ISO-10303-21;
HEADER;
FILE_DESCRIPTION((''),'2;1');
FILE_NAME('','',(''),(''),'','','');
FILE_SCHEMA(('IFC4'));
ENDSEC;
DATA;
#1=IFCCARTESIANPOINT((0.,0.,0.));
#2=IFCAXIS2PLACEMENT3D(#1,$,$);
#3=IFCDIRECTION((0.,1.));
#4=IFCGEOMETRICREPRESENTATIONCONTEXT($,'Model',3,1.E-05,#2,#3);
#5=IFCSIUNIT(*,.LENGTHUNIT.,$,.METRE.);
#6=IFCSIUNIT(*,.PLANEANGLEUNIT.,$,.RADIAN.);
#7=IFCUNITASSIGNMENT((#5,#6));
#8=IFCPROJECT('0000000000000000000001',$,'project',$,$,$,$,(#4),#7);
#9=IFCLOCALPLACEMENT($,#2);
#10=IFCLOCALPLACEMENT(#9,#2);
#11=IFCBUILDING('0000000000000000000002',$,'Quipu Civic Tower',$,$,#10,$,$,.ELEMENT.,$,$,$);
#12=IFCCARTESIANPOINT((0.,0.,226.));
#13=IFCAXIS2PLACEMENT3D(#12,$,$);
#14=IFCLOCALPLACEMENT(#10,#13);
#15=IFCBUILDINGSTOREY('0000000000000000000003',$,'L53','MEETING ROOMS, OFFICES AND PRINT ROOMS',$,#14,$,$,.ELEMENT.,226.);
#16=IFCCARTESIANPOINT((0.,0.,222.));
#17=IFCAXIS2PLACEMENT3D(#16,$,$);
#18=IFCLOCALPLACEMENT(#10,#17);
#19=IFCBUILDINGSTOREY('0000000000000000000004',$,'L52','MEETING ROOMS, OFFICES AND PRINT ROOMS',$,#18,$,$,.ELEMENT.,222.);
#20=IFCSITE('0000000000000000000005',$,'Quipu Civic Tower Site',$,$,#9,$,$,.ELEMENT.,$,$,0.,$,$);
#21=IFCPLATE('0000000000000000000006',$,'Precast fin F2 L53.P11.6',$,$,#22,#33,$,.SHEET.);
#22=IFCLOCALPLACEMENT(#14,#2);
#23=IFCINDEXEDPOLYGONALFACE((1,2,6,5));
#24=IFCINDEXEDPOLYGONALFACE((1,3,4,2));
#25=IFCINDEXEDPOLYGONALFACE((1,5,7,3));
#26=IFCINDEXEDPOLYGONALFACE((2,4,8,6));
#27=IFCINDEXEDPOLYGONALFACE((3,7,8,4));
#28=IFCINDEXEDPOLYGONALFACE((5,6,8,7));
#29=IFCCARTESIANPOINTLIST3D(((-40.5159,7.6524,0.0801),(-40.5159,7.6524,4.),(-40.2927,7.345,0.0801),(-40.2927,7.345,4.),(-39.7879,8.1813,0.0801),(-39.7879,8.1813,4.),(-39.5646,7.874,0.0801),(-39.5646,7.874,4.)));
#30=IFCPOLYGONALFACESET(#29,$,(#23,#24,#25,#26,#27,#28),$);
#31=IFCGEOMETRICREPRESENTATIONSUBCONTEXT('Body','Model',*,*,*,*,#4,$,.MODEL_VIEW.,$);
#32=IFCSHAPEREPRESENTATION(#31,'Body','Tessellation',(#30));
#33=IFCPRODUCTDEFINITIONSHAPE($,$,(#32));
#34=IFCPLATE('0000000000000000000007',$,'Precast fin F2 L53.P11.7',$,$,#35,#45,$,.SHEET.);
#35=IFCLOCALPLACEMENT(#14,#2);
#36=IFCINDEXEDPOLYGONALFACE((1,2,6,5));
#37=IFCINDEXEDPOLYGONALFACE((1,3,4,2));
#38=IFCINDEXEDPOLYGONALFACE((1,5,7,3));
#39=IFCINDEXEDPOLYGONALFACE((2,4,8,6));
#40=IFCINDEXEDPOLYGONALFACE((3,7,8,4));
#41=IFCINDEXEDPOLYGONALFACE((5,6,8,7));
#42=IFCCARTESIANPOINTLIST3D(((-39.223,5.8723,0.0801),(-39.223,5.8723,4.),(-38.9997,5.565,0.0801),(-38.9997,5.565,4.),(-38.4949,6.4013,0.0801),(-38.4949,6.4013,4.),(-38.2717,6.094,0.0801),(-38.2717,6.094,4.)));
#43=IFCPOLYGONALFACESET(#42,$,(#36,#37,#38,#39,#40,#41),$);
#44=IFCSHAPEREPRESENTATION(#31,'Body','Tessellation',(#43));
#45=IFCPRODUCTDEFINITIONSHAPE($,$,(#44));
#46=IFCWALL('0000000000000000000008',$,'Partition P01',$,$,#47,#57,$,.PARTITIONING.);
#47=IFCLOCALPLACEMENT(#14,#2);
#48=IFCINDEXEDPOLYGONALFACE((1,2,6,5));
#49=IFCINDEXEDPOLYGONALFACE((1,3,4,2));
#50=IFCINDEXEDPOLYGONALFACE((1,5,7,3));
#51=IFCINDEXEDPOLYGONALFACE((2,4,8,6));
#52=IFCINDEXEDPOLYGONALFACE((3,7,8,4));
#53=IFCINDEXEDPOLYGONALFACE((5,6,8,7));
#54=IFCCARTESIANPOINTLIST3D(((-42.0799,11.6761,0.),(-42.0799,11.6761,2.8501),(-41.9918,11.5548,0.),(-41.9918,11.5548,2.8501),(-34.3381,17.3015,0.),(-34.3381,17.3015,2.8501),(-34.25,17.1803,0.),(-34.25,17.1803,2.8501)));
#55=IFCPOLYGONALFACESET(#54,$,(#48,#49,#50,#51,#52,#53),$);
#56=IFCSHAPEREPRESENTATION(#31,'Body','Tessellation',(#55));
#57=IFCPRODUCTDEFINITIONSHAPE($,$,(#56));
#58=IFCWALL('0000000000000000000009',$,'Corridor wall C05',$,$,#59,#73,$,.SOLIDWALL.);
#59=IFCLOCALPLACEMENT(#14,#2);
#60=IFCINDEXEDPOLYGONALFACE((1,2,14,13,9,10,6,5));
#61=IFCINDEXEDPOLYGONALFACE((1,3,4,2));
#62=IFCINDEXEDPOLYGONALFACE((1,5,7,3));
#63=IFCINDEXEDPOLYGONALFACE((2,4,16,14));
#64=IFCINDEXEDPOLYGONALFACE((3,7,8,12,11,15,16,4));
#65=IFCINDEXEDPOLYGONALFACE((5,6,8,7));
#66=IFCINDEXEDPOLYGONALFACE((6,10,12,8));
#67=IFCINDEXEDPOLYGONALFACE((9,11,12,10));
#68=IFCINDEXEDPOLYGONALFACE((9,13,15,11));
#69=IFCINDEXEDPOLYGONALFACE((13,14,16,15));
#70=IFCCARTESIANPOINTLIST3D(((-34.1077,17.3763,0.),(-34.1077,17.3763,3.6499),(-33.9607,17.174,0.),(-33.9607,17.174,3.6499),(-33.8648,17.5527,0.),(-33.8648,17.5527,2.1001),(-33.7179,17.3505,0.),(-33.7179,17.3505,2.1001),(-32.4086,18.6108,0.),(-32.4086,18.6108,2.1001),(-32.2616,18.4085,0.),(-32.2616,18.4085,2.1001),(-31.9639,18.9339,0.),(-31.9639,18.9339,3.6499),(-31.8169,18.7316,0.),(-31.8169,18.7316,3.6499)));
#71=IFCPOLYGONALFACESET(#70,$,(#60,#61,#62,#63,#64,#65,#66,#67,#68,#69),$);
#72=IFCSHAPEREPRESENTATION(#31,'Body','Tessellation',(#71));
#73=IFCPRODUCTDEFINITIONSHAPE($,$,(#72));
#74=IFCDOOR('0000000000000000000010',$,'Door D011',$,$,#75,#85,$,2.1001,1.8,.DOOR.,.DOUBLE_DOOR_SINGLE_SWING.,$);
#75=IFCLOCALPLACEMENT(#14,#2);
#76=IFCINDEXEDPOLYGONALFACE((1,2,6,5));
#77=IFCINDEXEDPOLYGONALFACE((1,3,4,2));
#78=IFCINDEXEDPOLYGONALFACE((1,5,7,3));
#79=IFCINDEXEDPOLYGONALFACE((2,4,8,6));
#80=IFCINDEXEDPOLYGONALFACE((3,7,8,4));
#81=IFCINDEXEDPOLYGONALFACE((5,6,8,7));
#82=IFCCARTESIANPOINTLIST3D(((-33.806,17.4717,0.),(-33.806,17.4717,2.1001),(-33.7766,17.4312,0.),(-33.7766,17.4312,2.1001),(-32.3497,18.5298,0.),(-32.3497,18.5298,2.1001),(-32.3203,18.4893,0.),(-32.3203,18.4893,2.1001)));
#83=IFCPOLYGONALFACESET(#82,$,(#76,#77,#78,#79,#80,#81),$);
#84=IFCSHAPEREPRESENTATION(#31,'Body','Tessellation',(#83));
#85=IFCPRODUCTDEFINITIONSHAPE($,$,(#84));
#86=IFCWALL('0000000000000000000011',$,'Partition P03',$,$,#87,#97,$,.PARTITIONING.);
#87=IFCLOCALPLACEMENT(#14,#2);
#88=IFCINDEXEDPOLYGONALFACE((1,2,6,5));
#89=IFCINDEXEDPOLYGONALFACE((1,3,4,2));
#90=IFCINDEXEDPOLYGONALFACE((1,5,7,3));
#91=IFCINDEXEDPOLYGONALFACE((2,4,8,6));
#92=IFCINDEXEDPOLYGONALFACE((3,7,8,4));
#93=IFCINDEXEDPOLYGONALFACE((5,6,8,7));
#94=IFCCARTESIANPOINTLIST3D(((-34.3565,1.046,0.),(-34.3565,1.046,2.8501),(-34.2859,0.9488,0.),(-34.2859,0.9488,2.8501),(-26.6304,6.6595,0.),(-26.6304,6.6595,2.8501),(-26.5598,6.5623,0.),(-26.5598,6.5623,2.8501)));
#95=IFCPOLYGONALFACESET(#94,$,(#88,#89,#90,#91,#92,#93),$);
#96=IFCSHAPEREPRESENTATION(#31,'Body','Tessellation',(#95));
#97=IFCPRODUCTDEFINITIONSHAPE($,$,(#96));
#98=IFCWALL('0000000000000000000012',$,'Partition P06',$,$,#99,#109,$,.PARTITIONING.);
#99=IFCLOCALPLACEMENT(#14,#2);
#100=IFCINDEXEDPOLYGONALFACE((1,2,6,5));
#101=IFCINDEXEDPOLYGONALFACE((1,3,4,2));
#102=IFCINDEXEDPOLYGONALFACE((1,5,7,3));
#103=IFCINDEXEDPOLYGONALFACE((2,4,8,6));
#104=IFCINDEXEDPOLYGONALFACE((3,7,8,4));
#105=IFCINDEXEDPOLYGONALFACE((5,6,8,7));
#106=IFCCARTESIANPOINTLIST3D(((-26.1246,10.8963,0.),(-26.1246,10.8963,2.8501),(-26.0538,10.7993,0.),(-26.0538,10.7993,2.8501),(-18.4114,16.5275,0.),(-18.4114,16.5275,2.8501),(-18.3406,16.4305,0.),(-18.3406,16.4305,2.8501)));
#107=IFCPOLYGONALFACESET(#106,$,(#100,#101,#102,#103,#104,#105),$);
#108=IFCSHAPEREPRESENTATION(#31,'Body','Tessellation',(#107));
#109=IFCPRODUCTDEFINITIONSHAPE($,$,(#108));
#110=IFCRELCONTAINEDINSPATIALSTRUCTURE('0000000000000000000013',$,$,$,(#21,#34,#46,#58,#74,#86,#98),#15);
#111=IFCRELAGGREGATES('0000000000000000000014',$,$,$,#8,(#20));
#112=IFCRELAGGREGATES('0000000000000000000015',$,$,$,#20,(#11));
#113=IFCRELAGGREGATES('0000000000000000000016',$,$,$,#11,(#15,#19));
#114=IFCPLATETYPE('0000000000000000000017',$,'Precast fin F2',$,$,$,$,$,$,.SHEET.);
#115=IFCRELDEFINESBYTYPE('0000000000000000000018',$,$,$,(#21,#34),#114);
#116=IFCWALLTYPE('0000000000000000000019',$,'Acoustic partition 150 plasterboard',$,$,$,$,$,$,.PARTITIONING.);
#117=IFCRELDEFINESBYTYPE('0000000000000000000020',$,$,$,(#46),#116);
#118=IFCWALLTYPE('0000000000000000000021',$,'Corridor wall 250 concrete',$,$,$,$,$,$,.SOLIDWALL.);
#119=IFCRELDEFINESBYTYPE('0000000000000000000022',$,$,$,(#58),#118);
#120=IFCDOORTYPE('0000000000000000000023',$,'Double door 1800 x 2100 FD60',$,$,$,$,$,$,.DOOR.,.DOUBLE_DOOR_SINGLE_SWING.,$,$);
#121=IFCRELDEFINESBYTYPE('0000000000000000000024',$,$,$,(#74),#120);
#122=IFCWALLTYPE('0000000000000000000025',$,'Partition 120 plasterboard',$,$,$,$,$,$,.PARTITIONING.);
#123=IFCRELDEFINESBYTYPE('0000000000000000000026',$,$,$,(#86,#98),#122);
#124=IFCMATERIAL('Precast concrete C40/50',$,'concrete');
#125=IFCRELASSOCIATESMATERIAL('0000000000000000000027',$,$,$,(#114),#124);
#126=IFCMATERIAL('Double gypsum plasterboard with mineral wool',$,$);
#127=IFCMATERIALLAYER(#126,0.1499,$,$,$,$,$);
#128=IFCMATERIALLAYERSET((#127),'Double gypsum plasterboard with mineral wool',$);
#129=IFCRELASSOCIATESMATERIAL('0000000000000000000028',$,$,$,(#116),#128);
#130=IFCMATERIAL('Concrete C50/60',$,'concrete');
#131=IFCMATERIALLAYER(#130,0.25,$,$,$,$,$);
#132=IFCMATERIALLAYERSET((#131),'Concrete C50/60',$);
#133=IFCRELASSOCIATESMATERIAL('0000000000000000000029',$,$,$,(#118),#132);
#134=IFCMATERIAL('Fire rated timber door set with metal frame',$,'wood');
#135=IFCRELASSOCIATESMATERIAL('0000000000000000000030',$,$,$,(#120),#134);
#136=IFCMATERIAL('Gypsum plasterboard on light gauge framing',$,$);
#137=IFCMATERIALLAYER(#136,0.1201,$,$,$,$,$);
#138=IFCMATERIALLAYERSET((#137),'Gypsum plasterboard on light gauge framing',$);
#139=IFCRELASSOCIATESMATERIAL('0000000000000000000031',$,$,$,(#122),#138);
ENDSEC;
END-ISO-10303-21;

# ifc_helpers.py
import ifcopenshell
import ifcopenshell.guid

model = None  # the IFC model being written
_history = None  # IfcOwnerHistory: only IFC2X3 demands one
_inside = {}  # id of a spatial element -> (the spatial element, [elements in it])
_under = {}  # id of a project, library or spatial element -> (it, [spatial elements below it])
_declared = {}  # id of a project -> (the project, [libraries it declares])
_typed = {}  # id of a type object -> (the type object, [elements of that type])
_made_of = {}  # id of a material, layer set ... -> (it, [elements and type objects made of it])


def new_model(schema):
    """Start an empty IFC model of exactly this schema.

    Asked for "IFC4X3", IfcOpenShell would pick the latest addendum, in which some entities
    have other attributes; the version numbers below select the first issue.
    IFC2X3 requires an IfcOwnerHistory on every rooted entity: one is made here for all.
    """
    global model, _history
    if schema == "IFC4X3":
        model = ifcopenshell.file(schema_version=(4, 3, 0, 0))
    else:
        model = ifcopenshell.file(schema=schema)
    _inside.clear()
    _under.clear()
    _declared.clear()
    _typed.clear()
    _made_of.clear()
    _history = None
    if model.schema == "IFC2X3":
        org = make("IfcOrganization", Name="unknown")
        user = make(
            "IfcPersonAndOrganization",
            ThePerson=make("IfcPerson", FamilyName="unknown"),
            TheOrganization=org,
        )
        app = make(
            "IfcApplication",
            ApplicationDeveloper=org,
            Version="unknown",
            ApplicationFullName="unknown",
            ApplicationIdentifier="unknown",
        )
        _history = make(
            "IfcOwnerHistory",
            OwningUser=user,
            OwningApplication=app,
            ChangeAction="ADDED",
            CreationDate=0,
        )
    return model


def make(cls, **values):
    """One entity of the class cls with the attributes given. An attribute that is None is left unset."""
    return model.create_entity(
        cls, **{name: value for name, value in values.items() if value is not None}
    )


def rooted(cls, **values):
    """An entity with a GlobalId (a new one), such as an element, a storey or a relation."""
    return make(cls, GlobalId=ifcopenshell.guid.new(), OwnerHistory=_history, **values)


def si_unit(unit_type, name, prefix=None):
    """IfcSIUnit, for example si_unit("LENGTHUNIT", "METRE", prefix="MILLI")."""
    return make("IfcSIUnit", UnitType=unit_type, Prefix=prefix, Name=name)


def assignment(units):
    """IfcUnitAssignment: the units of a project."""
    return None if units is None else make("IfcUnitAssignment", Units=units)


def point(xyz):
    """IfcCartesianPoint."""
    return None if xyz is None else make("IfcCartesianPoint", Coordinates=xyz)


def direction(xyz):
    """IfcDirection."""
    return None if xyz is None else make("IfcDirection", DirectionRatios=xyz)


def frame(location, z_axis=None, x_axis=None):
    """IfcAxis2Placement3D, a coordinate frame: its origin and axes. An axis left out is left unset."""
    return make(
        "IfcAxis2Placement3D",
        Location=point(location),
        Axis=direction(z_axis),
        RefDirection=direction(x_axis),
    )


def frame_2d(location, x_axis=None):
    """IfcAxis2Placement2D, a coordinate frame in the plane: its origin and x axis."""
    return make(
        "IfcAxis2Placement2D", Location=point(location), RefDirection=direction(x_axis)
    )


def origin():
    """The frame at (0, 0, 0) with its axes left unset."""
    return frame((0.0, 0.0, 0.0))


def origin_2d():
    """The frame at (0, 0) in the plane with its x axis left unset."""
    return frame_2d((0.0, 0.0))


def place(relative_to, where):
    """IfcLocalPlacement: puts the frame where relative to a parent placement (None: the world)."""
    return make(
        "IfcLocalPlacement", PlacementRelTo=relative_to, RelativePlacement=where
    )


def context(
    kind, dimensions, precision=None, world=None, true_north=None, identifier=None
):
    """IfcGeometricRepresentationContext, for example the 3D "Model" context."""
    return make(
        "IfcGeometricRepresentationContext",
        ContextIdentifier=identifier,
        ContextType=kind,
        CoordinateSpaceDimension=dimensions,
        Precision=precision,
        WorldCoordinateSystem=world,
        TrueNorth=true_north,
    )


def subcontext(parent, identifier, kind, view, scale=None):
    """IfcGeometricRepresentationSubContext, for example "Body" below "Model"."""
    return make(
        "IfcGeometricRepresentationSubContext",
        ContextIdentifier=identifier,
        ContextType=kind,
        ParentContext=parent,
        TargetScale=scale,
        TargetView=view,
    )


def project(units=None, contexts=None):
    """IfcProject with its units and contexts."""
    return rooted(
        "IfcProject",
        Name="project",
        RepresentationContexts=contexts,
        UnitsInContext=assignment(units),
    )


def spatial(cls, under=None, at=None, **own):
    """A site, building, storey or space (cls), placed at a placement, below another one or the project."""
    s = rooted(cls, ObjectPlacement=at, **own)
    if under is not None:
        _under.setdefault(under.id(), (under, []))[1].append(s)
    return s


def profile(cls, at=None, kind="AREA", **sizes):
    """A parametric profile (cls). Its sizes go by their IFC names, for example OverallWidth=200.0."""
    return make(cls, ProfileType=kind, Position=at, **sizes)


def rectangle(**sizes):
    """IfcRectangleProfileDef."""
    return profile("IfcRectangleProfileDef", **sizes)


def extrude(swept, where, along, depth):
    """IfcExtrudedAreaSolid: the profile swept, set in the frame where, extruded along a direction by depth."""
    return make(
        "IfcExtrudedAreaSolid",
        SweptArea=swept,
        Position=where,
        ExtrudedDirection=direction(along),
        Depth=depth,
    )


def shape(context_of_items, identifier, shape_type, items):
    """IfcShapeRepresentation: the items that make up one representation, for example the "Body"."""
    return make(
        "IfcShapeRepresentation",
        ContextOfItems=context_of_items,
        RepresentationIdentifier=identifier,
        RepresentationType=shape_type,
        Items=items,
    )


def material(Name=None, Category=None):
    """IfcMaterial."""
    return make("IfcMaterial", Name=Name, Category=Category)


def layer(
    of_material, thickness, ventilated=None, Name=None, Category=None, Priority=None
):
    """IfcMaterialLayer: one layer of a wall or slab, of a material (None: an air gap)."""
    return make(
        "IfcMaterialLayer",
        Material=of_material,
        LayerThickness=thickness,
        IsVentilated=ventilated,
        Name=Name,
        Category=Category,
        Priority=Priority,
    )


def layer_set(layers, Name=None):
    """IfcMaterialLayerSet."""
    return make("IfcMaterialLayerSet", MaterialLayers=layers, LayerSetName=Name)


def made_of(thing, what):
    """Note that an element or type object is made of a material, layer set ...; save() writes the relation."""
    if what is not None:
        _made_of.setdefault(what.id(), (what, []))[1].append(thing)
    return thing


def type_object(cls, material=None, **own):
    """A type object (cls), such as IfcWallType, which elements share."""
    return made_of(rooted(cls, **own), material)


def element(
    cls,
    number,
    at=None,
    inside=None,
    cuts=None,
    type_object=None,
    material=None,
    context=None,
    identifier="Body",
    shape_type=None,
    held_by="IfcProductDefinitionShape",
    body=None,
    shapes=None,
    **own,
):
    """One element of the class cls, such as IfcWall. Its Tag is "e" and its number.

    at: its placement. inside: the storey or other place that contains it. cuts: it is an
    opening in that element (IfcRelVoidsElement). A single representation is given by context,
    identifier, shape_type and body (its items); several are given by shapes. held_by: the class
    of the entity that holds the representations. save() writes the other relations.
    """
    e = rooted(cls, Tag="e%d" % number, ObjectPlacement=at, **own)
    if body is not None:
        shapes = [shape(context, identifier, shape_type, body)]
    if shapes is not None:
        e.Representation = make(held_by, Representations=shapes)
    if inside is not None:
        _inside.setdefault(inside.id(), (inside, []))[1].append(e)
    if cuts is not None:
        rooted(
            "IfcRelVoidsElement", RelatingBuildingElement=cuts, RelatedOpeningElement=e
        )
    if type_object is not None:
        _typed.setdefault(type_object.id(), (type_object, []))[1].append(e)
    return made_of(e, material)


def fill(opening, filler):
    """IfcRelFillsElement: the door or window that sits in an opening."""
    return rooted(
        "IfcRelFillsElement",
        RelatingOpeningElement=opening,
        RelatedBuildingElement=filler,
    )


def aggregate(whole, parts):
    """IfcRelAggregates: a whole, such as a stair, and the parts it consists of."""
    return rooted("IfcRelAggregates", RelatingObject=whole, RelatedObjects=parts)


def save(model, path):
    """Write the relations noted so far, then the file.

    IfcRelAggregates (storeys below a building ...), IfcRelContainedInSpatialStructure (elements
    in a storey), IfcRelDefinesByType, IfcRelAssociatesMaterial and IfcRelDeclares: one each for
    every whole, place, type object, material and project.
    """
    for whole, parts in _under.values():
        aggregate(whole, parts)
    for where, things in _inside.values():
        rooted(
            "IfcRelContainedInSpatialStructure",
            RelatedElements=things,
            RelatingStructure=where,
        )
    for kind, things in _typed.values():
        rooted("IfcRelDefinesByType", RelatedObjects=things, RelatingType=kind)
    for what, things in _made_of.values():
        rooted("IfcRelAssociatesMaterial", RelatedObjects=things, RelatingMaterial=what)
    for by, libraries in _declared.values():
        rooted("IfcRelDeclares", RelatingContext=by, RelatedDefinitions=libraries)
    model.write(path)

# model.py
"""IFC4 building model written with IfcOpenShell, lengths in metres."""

from ifc_helpers import new_model, si_unit, direction, frame, frame_2d, origin, origin_2d, place, context, subcontext, project, spatial, rectangle, extrude, material, layer, layer_set, type_object, element, fill, save


model = new_model("IFC4")

# Units and contexts
model_context = context("Model", 3, precision=1e-05, world=origin(), true_north=direction((0.0, 1.0)))
body_context = subcontext(model_context, "Body", "Model", "MODEL_VIEW")
ifc_project = project(units=[si_unit("LENGTHUNIT", "METRE"), si_unit("PLANEANGLEUNIT", "RADIAN")], contexts=[model_context])

# Site, building, storey
site_placement = place(None, origin())
site = spatial("IfcSite", under=ifc_project, at=site_placement, Name="Quipu Civic Tower Site", CompositionType="ELEMENT", RefElevation=0.0)
building_placement = place(site_placement, origin())
building = spatial("IfcBuilding", under=site, at=building_placement, Name="Quipu Civic Tower", CompositionType="ELEMENT")
storey_1_placement = place(building_placement, frame((0.0, 0.0, 226.0)))
storey_1 = spatial("IfcBuildingStorey", under=building, at=storey_1_placement, Name="L53", Description="MEETING ROOMS, OFFICES AND PRINT ROOMS", CompositionType="ELEMENT", Elevation=226.0)

# Shared definitions
storey_2_placement = place(building_placement, frame((0.0, 0.0, 222.0)))
storey_2 = spatial("IfcBuildingStorey", under=building, at=storey_2_placement, Name="L52", Description="MEETING ROOMS, OFFICES AND PRINT ROOMS", CompositionType="ELEMENT", Elevation=222.0)

# Plates
ifc_material_1 = material(Name="Precast concrete C40/50", Category="concrete")
plate_type_1 = type_object("IfcPlateType", Name="Precast fin F2", PredefinedType="SHEET", material=ifc_material_1)
for number, where, z_axis, x_axis, name in (
    (1, (-40.0403, 7.7632, 0.0801), (0.0, 0.0, 1.0), (0.587786, -0.809017, 0.0), "Precast fin F2 L53.P11.6"),
    (2, (-38.7473, 5.9832, 0.0801), (0.0, 0.0, 1.0), (0.587786, -0.809017, 0.0), "Precast fin F2 L53.P11.7"),
):
    element("IfcPlate", number, at=place(storey_1_placement, frame(where, z_axis=z_axis, x_axis=x_axis)), inside=storey_1, type_object=plate_type_1, Name=name, PredefinedType="SHEET", context=body_context, shape_type="SweptSolid", body=[
        extrude(rectangle(XDim=0.3799, YDim=0.8999, at=origin_2d()), origin(), (0.0, 0.0, 1.0), 3.9199),
    ])

# Wall
ifc_material_2 = material(Name="Double gypsum plasterboard with mineral wool")
ifc_layer_1 = layer(ifc_material_2, 0.1499)
ifc_layer_set_1 = layer_set([ifc_layer_1], Name="Double gypsum plasterboard with mineral wool")
wall_type_1 = type_object("IfcWallType", Name="Acoustic partition 150 plasterboard", PredefinedType="PARTITIONING", material=ifc_layer_set_1)
wall_1_placement = place(storey_1_placement, frame((-42.0359, 11.6155, 0.0), z_axis=(0.0, 0.0, 1.0), x_axis=(0.808985, 0.587829, 0.0)))
element("IfcWall", 3, at=wall_1_placement, inside=storey_1, type_object=wall_type_1, Name="Partition P01", PredefinedType="PARTITIONING", context=body_context, shape_type="SweptSolid", body=[
    extrude(rectangle(XDim=9.5698, YDim=0.1499, at=frame_2d((4.7849, 0.0))), origin(), (0.0, 0.0, 1.0), 2.8501),
])

# Wall, opening, door
ifc_material_3 = material(Name="Concrete C50/60", Category="concrete")
ifc_layer_2 = layer(ifc_material_3, 0.25)
ifc_layer_set_2 = layer_set([ifc_layer_2], Name="Concrete C50/60")
wall_type_2 = type_object("IfcWallType", Name="Corridor wall 250 concrete", PredefinedType="SOLIDWALL", material=ifc_layer_set_2)
wall_2_placement = place(storey_1_placement, frame((-34.0342, 17.2751, 0.0), z_axis=(0.0, 0.0, 1.0), x_axis=(0.809007, 0.587799, 0.0)))
wall_2 = element("IfcWall", 4, at=wall_2_placement, inside=storey_1, type_object=wall_type_2, Name="Corridor wall C05", PredefinedType="SOLIDWALL", context=body_context, shape_type="SweptSolid", body=[
    extrude(rectangle(XDim=2.6499, YDim=0.25, at=frame_2d((1.325, 0.0))), origin(), (0.0, 0.0, 1.0), 3.6499),
])
opening_placement = place(wall_2_placement, frame((0.3003, 0.0, 0.0)))
opening = element("IfcOpeningElement", 5, at=opening_placement, cuts=wall_2, PredefinedType="OPENING", context=body_context, shape_type="SweptSolid", body=[
    extrude(rectangle(XDim=1.8, YDim=2.1001, at=frame_2d((0.8999, 1.05))), frame((0.0, 0.135, 0.0), z_axis=(0.0, -1.0, 0.0), x_axis=(1.0, 0.0, 0.0)), (0.0, 0.0, 1.0), 0.27),
])
ifc_material_4 = material(Name="Fire rated timber door set with metal frame", Category="wood")
door_type = type_object("IfcDoorType", Name="Double door 1800 x 2100 FD60", OperationType="DOUBLE_DOOR_SINGLE_SWING", PredefinedType="DOOR", material=ifc_material_4)
door_placement = place(opening_placement, origin())
door = element("IfcDoor", 6, at=door_placement, inside=storey_1, type_object=door_type, Name="Door D011", OperationType="DOUBLE_DOOR_SINGLE_SWING", OverallHeight=2.1001, OverallWidth=1.8, PredefinedType="DOOR", context=body_context, shape_type="SweptSolid", body=[
    extrude(rectangle(XDim=1.8, YDim=2.1001, at=frame_2d((0.8999, 1.05))), frame((0.0, 0.0249, 0.0), z_axis=(0.0, -1.0, 0.0), x_axis=(1.0, 0.0, 0.0)), (0.0, 0.0, 1.0), 0.05),
])
fill(opening, door)

# Walls
ifc_material_5 = material(Name="Gypsum plasterboard on light gauge framing")
ifc_layer_3 = layer(ifc_material_5, 0.1201)
ifc_layer_set_3 = layer_set([ifc_layer_3], Name="Gypsum plasterboard on light gauge framing")
wall_type_3 = type_object("IfcWallType", Name="Partition 120 plasterboard", PredefinedType="PARTITIONING", material=ifc_layer_set_3)
for number, where, z_axis, x_axis, name in (
    (7, (-26.5952, 6.6108, 0.0), (0.0, 0.0, 1.0), (-0.809007, -0.587799, 0.0), "Partition P03"),
    (8, (-26.0891, 10.8479, 0.0), (0.0, 0.0, 1.0), (0.807661, 0.589647, 0.0), "Partition P06"),
):
    element("IfcWall", number, at=place(storey_1_placement, frame(where, z_axis=z_axis, x_axis=x_axis)), inside=storey_1, type_object=wall_type_3, Name=name, PredefinedType="PARTITIONING", context=body_context, shape_type="SweptSolid", body=[
        extrude(rectangle(XDim=9.55, YDim=0.1201, at=frame_2d((4.7749, 0.0))), origin(), (0.0, 0.0, 1.0), 2.8501),
    ])

save(model, "model.ifc")
